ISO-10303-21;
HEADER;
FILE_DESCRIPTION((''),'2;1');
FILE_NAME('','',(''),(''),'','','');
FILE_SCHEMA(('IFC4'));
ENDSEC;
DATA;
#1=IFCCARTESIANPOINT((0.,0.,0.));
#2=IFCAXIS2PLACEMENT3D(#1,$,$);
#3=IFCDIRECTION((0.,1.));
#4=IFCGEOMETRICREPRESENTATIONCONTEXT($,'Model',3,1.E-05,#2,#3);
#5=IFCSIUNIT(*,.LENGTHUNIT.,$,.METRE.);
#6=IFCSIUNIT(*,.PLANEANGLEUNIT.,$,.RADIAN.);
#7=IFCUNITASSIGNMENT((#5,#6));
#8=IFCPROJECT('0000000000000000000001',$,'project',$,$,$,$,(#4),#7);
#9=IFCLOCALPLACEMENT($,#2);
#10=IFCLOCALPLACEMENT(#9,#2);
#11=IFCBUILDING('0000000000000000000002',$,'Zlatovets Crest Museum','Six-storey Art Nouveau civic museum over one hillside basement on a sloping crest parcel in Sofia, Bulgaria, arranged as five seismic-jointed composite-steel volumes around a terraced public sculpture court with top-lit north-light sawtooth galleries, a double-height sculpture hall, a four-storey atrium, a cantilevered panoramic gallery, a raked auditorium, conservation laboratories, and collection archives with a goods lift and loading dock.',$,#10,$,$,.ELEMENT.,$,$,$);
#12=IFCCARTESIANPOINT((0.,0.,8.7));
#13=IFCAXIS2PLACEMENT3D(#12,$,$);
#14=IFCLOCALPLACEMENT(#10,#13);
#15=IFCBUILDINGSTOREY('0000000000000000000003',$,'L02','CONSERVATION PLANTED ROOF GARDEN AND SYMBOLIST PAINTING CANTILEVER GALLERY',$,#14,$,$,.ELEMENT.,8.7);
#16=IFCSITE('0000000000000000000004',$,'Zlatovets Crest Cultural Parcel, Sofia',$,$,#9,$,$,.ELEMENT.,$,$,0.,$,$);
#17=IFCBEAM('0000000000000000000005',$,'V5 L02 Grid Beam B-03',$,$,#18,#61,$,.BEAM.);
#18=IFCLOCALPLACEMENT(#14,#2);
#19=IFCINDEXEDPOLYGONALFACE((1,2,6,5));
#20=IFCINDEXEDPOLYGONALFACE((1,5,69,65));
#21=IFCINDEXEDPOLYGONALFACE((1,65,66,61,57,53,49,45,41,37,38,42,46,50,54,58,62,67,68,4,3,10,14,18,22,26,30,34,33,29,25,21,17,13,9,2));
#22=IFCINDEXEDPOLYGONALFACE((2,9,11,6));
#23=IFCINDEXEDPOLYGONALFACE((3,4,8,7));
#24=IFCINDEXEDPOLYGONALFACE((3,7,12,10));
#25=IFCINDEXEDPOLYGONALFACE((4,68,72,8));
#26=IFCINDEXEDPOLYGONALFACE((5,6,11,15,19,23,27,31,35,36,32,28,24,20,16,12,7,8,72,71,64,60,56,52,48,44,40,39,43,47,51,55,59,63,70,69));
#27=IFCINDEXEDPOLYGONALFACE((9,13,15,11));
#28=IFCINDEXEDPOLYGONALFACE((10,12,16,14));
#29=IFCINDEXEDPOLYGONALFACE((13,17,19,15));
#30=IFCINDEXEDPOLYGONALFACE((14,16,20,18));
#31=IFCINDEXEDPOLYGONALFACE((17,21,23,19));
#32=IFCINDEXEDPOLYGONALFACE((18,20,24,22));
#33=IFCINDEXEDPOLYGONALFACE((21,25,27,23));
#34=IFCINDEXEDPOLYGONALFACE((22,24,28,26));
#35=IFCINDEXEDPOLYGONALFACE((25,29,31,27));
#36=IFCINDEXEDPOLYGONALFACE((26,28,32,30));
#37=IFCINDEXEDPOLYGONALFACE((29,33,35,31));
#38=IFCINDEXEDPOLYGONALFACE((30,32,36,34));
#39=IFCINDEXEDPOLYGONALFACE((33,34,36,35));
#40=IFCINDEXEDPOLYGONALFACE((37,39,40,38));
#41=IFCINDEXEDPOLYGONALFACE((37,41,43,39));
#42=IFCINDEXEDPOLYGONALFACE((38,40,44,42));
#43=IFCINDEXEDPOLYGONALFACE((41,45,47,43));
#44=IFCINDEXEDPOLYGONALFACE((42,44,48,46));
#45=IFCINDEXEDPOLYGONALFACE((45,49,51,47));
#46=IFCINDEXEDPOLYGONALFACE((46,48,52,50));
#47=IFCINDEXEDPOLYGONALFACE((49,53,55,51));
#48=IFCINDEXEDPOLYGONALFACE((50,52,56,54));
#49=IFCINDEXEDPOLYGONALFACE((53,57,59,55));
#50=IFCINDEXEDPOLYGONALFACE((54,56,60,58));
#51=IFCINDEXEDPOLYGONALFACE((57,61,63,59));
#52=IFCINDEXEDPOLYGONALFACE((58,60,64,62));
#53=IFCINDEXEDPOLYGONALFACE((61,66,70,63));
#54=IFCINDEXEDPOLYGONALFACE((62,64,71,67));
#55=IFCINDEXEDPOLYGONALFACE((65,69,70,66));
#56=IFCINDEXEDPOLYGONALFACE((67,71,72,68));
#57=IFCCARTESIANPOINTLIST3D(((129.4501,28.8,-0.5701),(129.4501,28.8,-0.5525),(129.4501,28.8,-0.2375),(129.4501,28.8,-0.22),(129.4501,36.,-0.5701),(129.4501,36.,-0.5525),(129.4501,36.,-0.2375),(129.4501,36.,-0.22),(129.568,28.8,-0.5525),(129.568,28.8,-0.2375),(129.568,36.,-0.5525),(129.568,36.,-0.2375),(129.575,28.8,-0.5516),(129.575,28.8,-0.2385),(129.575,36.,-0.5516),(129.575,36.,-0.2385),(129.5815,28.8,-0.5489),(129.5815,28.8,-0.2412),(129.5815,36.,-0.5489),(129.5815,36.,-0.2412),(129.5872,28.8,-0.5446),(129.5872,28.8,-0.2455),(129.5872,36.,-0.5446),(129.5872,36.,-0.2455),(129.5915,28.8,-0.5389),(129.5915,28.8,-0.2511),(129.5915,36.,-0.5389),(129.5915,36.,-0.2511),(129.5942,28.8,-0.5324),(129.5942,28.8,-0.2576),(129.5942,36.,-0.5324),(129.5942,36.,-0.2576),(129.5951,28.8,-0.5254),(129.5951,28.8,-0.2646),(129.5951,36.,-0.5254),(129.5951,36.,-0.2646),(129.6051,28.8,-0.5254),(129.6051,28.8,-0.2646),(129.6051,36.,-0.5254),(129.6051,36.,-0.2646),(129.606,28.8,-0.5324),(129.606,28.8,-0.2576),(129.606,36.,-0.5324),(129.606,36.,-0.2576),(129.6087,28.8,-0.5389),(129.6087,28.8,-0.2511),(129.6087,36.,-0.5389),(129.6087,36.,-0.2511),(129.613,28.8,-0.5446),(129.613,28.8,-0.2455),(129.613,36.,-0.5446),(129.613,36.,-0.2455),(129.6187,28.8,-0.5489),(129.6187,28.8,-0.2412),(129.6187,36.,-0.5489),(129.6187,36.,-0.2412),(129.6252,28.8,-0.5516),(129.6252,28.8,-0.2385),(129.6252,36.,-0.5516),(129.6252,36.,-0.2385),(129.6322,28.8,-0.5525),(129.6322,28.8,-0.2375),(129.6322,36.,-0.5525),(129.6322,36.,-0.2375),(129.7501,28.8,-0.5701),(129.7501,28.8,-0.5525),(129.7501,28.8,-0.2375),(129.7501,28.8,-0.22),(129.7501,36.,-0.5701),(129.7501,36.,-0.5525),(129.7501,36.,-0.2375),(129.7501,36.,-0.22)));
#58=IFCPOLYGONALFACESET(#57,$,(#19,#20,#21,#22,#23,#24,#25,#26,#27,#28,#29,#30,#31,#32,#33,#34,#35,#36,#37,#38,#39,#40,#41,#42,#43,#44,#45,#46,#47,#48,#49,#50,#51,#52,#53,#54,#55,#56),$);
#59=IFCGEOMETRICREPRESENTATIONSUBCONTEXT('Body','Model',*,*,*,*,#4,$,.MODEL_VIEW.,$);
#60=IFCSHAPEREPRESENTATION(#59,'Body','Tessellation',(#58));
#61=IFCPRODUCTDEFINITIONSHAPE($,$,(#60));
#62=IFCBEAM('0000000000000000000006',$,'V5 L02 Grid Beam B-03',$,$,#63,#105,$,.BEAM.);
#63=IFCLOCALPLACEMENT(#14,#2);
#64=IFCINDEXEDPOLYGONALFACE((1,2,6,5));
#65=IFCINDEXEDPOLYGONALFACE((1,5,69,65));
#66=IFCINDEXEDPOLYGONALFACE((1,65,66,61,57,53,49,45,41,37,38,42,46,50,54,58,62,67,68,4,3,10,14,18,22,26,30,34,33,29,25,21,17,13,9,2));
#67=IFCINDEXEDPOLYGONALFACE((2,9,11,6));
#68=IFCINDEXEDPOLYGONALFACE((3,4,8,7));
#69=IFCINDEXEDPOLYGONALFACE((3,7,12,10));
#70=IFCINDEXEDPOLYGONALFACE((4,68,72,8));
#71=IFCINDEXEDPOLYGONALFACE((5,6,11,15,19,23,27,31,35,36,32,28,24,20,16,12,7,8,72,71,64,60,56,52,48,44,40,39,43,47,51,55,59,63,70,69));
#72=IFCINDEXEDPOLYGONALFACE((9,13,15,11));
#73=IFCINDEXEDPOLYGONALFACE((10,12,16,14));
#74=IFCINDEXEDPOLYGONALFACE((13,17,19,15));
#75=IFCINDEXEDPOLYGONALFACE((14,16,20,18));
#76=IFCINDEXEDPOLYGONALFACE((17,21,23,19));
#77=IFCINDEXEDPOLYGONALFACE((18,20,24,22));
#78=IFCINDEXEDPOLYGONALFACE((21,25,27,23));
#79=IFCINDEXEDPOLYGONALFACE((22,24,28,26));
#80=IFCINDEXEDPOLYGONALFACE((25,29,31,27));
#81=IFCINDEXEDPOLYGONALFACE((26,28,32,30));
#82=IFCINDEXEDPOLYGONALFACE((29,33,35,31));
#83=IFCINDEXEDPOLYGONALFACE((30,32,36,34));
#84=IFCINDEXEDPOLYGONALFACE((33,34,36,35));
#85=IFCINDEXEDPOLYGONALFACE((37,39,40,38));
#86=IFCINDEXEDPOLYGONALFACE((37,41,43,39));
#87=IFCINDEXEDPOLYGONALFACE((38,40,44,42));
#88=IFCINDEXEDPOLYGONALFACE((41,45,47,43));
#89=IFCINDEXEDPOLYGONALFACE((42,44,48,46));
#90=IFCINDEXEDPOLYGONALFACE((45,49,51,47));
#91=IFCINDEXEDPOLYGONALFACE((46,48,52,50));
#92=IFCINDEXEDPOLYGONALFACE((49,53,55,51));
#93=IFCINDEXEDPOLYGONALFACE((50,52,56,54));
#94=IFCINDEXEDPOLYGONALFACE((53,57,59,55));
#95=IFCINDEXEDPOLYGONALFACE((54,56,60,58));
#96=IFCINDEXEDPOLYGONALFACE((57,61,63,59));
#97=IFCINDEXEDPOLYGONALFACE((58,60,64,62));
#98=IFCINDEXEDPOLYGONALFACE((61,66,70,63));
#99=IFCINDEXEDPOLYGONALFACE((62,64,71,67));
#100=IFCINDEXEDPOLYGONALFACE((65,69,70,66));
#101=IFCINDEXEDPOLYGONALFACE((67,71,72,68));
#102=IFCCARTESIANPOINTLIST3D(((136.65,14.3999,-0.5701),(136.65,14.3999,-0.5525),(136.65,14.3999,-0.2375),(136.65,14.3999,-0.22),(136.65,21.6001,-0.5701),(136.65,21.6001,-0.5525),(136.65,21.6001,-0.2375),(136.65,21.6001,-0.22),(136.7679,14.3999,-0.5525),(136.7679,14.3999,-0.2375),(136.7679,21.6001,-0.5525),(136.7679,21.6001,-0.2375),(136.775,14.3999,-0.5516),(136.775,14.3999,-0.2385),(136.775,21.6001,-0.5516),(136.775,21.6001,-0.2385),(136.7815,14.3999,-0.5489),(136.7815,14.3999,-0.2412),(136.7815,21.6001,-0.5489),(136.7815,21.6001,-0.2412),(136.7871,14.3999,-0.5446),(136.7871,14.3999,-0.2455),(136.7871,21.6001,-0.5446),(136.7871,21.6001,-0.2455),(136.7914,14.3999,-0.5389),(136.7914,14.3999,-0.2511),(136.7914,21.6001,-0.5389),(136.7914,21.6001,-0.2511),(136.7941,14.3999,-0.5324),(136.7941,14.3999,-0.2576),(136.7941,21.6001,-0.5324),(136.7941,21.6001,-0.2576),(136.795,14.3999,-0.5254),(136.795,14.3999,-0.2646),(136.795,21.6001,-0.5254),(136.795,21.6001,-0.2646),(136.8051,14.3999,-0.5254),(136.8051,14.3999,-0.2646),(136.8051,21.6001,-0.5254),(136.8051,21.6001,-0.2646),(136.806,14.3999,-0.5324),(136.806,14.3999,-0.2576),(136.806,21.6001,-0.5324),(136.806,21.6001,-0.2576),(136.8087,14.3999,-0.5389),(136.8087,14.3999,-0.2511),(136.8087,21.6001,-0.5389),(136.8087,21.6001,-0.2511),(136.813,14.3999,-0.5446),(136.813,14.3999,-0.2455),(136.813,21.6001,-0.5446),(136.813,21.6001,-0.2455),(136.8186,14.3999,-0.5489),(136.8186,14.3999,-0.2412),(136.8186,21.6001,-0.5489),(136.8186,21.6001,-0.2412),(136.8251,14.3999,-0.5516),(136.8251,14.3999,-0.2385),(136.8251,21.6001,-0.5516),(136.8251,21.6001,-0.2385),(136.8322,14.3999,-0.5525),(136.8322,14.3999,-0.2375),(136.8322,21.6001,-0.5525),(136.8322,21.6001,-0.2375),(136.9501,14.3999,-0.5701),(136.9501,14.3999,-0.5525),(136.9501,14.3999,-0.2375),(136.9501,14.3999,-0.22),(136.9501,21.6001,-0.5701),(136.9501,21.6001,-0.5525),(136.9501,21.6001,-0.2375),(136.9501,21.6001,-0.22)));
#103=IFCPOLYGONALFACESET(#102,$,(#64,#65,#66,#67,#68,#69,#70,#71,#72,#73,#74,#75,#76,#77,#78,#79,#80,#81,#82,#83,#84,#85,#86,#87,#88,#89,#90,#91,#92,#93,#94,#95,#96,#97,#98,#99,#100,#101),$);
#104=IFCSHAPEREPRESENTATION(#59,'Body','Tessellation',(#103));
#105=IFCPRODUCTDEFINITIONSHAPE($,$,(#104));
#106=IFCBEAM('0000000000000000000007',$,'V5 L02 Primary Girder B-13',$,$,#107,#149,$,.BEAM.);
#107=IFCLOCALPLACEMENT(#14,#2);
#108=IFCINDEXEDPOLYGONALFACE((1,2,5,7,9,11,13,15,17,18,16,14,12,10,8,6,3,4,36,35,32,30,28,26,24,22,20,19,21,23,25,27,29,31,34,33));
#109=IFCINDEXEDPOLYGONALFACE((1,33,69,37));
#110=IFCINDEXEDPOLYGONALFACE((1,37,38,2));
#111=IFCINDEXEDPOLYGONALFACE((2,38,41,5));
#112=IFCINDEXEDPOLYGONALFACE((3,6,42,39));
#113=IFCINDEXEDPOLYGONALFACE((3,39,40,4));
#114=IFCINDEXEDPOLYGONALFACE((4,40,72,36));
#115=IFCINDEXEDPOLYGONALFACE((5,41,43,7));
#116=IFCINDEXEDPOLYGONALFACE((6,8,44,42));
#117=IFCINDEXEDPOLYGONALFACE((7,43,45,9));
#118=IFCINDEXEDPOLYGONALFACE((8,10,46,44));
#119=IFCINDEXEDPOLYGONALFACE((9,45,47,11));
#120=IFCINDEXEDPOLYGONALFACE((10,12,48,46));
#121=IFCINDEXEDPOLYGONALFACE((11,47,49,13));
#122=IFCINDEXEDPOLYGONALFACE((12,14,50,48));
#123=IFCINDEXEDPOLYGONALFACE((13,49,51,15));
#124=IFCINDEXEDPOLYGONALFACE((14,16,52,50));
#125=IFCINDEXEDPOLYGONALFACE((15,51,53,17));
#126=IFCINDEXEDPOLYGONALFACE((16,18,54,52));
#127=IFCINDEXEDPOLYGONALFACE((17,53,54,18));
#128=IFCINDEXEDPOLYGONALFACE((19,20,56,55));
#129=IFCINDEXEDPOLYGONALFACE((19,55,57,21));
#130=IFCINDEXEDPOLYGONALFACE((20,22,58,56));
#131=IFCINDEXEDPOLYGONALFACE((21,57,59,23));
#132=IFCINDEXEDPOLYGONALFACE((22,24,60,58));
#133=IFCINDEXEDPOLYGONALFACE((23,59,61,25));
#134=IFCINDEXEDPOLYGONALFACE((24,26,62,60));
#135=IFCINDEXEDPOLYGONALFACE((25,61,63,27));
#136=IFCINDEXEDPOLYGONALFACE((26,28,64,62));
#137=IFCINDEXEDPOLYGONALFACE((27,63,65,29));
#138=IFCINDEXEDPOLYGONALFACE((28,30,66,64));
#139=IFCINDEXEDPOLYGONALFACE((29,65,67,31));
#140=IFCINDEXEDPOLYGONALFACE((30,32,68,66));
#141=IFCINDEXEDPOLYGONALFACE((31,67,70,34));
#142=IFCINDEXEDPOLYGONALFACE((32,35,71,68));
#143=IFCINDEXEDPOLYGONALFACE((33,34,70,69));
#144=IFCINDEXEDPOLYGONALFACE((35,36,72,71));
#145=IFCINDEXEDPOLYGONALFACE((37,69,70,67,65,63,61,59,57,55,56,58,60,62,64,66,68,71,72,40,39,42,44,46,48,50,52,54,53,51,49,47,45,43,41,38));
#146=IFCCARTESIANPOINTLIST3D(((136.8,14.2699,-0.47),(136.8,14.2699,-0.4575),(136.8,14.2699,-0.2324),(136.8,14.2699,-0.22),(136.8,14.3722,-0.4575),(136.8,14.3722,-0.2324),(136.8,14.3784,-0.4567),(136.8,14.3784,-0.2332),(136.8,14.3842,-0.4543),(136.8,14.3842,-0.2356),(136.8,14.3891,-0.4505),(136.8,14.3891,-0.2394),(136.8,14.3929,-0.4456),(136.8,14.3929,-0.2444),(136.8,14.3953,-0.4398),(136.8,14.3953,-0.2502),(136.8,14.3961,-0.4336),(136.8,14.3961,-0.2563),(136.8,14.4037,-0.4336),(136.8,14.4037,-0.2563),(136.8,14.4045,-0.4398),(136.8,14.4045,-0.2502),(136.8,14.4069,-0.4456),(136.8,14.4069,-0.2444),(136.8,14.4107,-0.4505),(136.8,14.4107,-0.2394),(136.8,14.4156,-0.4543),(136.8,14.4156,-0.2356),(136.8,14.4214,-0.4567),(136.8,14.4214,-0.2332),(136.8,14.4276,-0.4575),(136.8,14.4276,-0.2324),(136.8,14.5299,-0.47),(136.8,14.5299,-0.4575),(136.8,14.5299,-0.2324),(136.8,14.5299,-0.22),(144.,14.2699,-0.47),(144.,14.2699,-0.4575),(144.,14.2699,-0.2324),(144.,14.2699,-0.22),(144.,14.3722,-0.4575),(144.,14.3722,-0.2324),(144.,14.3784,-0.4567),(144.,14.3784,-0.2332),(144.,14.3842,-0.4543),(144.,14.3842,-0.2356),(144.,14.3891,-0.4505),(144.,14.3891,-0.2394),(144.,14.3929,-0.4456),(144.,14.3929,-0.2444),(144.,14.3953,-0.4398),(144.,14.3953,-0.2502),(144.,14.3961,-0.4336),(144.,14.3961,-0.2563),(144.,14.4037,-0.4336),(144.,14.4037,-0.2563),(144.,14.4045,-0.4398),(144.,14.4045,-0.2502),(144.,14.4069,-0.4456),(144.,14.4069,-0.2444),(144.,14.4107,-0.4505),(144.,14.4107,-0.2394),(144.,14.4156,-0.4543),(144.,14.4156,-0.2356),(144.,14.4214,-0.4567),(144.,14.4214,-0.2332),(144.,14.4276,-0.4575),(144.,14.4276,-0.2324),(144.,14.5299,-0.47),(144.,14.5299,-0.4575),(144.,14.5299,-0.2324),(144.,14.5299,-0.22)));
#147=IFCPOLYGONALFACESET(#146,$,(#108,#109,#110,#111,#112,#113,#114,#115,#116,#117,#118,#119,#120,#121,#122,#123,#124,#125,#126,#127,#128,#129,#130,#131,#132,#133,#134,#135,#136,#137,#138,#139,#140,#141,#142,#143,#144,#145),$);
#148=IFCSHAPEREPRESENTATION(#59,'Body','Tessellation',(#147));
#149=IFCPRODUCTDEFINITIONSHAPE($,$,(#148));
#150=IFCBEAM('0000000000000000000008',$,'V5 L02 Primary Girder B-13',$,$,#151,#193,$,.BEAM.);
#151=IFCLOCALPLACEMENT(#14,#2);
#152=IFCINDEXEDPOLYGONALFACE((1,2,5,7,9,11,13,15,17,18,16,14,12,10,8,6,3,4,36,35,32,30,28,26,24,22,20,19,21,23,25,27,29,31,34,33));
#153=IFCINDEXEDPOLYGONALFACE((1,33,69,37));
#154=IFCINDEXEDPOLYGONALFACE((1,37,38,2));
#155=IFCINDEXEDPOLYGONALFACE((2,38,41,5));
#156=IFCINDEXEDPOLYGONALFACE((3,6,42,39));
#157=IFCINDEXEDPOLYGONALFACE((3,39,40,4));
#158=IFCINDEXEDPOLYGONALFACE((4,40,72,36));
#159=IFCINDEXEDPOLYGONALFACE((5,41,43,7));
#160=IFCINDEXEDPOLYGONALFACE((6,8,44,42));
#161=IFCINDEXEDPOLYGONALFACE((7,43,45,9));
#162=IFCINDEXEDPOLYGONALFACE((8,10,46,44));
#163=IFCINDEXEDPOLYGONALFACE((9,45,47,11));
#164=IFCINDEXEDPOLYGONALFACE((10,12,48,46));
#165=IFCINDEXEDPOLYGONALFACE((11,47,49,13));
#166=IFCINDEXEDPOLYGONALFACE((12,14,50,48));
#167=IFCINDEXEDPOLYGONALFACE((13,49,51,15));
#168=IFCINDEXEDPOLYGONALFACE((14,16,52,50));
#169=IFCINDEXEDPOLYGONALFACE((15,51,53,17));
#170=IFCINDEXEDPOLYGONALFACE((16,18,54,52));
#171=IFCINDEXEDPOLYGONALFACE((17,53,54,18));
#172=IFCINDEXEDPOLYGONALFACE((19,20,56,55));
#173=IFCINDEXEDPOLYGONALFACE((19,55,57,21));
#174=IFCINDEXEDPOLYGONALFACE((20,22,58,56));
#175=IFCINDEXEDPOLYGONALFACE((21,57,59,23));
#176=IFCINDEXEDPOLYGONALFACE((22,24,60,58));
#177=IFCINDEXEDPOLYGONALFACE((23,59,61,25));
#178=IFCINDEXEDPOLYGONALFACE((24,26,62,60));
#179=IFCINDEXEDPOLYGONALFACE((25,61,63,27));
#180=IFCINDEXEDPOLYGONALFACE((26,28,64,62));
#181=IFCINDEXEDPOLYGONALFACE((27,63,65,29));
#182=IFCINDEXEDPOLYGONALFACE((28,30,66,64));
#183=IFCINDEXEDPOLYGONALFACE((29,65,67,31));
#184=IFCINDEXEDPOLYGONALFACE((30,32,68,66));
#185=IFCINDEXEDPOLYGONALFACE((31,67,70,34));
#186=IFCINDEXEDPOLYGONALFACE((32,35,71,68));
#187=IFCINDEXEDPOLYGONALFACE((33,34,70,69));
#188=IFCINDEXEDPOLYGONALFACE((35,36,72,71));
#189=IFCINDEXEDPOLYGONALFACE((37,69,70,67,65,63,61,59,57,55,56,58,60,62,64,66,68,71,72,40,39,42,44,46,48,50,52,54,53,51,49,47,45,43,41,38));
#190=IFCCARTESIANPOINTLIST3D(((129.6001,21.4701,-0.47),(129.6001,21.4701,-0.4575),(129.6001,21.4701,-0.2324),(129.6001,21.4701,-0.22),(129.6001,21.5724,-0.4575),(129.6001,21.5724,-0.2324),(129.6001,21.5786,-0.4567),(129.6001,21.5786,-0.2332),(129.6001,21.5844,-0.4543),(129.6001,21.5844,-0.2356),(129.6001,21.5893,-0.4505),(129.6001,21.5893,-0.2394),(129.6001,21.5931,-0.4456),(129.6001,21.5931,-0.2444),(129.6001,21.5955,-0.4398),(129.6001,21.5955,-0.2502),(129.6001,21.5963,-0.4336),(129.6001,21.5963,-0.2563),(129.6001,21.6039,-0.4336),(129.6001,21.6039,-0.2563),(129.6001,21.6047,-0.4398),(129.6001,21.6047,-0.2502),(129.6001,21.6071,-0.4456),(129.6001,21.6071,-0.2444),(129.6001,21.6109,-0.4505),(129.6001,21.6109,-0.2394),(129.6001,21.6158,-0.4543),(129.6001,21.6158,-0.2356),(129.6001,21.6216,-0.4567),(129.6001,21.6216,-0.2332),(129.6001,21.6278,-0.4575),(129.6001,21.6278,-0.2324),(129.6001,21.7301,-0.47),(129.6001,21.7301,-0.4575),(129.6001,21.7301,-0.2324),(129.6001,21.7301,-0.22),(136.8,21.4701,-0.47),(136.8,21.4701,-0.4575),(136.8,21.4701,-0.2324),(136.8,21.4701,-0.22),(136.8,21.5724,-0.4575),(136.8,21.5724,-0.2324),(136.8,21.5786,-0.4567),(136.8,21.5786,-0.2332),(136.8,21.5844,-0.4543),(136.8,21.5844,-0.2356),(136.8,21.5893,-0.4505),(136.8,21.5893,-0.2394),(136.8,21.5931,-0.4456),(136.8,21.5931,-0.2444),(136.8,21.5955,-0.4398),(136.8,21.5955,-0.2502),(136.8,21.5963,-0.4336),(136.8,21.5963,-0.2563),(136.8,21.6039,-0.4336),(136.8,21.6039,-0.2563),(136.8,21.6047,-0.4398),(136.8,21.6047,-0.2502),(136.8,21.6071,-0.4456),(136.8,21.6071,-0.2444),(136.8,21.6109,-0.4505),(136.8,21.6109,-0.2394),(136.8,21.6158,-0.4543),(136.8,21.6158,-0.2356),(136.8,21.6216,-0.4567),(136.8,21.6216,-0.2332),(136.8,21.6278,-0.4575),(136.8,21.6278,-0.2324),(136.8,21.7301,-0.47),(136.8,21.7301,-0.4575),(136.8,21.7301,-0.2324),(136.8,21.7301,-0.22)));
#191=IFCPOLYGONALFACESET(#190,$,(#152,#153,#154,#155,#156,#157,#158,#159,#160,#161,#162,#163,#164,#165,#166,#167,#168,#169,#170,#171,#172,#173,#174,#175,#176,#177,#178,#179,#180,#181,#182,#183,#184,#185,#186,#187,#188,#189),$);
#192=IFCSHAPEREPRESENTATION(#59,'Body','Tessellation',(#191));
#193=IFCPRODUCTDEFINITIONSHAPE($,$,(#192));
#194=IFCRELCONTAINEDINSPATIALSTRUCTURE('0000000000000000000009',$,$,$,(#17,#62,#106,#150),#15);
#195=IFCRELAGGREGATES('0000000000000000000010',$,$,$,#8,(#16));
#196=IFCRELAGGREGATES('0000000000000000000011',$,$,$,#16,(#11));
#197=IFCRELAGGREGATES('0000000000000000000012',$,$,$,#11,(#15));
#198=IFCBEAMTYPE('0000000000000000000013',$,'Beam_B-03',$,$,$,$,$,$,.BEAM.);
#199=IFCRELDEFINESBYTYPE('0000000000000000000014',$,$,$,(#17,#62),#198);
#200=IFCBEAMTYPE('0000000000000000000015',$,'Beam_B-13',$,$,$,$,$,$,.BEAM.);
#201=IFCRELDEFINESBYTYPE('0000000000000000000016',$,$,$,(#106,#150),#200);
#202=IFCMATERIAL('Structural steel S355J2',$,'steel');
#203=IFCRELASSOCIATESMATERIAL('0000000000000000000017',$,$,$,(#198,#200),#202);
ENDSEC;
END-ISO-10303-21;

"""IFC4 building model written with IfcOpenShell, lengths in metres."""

from ifc_helpers import new_model, si_unit, direction, frame, origin, origin_2d, place, context, subcontext, project, spatial, i_section, extrude, material, material_profile, profile_set, type_object, element, save


model = new_model("IFC4")

# Units and contexts
model_context = context("Model", 3, precision=1e-05, world=origin(), true_north=direction((0.0, 1.0)))
body_context = subcontext(model_context, "Body", "Model", "MODEL_VIEW")
ifc_project = project(units=[si_unit("LENGTHUNIT", "METRE"), si_unit("PLANEANGLEUNIT", "RADIAN")], contexts=[model_context])

# Site, building, storey
site_placement = place(None, origin())
site = spatial("IfcSite", under=ifc_project, at=site_placement, Name="Zlatovets Crest Cultural Parcel, Sofia", CompositionType="ELEMENT", RefElevation=0.0)
building_placement = place(site_placement, origin())
building = spatial("IfcBuilding", under=site, at=building_placement, Name="Zlatovets Crest Museum", Description="Six-storey Art Nouveau civic museum over one hillside basement on a sloping crest parcel in Sofia, Bulgaria, arranged as five seismic-jointed composite-steel volumes around a terraced public sculpture court with top-lit north-light sawtooth galleries, a double-height sculpture hall, a four-storey atrium, a cantilevered panoramic gallery, a raked auditorium, conservation laboratories, and collection archives with a goods lift and loading dock.", CompositionType="ELEMENT")
storey_placement = place(building_placement, frame((0.0, 0.0, 8.7)))
storey = spatial("IfcBuildingStorey", under=building, at=storey_placement, Name="L02", Description="CONSERVATION PLANTED ROOF GARDEN AND SYMBOLIST PAINTING CANTILEVER GALLERY", CompositionType="ELEMENT", Elevation=8.7)

# Shared definitions
ifc_material_1 = material(Name="Structural steel S355J2", Category="steel")

# Beams
ifc_material_profile_1 = material_profile(ifc_material_1, i_section(OverallWidth=0.3, OverallDepth=0.3501, WebThickness=0.01, FlangeThickness=0.0176, FilletRadius=0.0271, at=origin_2d()), Name="HEA 360")
ifc_profile_set_1 = profile_set([ifc_material_profile_1], Name="Structural steel S355J2")
beam_type_1 = type_object("IfcBeamType", Name="Beam_B-03", PredefinedType="BEAM", material=ifc_profile_set_1)
for number, where, z_axis, x_axis, name in (
    (1, (129.6001, 28.8, -0.395), (0.0, 1.0, 0.0), (-1.0, 0.0, 0.0), "V5 L02 Grid Beam B-03"),
):
    element("IfcBeam", number, at=place(storey_placement, frame(where, z_axis=z_axis, x_axis=x_axis)), inside=storey, type_object=beam_type_1, Name=name, PredefinedType="BEAM", context=body_context, shape_type="SweptSolid", body=[
        extrude(i_section(OverallWidth=0.3, OverallDepth=0.3501, WebThickness=0.01, FlangeThickness=0.0176, FilletRadius=0.0271, at=origin_2d()), origin(), (0.0, 0.0, 1.0), 7.2),
    ])
beam_placement = place(storey_placement, frame((136.8, 14.3999, -0.395), z_axis=(0.0, 1.0, 0.0), x_axis=(-1.0, 0.0, 0.0)))
element("IfcBeam", 2, at=beam_placement, inside=storey, type_object=beam_type_1, Name="V5 L02 Grid Beam B-03", PredefinedType="BEAM", context=body_context, shape_type="SweptSolid", body=[
    extrude(i_section(OverallWidth=0.3, OverallDepth=0.3501, WebThickness=0.01, FlangeThickness=0.0176, FilletRadius=0.0271, at=origin_2d()), origin(), (0.0, 0.0, 1.0), 7.2002),
])
ifc_material_profile_2 = material_profile(ifc_material_1, i_section(OverallWidth=0.26, OverallDepth=0.25, WebThickness=0.0076, FlangeThickness=0.0125, FilletRadius=0.0239, at=origin_2d()), Name="HEA 260")
ifc_profile_set_2 = profile_set([ifc_material_profile_2], Name="Structural steel S355J2")
beam_type_2 = type_object("IfcBeamType", Name="Beam_B-13", PredefinedType="BEAM", material=ifc_profile_set_2)
for number, where, z_axis, x_axis, name in (
    (3, (136.8, 14.3999, -0.345), (1.0, 0.0, 0.0), (0.0, 1.0, 0.0), "V5 L02 Primary Girder B-13"),
    (4, (129.6001, 21.6001, -0.345), (1.0, 0.0, 0.0), (0.0, 1.0, 0.0), "V5 L02 Primary Girder B-13"),
):
    element("IfcBeam", number, at=place(storey_placement, frame(where, z_axis=z_axis, x_axis=x_axis)), inside=storey, type_object=beam_type_2, Name=name, PredefinedType="BEAM", context=body_context, shape_type="SweptSolid", body=[
        extrude(i_section(OverallWidth=0.26, OverallDepth=0.25, WebThickness=0.0076, FlangeThickness=0.0125, FilletRadius=0.0239, at=origin_2d()), origin(), (0.0, 0.0, 1.0), 7.2),
    ])

save(model, "model.ifc")
